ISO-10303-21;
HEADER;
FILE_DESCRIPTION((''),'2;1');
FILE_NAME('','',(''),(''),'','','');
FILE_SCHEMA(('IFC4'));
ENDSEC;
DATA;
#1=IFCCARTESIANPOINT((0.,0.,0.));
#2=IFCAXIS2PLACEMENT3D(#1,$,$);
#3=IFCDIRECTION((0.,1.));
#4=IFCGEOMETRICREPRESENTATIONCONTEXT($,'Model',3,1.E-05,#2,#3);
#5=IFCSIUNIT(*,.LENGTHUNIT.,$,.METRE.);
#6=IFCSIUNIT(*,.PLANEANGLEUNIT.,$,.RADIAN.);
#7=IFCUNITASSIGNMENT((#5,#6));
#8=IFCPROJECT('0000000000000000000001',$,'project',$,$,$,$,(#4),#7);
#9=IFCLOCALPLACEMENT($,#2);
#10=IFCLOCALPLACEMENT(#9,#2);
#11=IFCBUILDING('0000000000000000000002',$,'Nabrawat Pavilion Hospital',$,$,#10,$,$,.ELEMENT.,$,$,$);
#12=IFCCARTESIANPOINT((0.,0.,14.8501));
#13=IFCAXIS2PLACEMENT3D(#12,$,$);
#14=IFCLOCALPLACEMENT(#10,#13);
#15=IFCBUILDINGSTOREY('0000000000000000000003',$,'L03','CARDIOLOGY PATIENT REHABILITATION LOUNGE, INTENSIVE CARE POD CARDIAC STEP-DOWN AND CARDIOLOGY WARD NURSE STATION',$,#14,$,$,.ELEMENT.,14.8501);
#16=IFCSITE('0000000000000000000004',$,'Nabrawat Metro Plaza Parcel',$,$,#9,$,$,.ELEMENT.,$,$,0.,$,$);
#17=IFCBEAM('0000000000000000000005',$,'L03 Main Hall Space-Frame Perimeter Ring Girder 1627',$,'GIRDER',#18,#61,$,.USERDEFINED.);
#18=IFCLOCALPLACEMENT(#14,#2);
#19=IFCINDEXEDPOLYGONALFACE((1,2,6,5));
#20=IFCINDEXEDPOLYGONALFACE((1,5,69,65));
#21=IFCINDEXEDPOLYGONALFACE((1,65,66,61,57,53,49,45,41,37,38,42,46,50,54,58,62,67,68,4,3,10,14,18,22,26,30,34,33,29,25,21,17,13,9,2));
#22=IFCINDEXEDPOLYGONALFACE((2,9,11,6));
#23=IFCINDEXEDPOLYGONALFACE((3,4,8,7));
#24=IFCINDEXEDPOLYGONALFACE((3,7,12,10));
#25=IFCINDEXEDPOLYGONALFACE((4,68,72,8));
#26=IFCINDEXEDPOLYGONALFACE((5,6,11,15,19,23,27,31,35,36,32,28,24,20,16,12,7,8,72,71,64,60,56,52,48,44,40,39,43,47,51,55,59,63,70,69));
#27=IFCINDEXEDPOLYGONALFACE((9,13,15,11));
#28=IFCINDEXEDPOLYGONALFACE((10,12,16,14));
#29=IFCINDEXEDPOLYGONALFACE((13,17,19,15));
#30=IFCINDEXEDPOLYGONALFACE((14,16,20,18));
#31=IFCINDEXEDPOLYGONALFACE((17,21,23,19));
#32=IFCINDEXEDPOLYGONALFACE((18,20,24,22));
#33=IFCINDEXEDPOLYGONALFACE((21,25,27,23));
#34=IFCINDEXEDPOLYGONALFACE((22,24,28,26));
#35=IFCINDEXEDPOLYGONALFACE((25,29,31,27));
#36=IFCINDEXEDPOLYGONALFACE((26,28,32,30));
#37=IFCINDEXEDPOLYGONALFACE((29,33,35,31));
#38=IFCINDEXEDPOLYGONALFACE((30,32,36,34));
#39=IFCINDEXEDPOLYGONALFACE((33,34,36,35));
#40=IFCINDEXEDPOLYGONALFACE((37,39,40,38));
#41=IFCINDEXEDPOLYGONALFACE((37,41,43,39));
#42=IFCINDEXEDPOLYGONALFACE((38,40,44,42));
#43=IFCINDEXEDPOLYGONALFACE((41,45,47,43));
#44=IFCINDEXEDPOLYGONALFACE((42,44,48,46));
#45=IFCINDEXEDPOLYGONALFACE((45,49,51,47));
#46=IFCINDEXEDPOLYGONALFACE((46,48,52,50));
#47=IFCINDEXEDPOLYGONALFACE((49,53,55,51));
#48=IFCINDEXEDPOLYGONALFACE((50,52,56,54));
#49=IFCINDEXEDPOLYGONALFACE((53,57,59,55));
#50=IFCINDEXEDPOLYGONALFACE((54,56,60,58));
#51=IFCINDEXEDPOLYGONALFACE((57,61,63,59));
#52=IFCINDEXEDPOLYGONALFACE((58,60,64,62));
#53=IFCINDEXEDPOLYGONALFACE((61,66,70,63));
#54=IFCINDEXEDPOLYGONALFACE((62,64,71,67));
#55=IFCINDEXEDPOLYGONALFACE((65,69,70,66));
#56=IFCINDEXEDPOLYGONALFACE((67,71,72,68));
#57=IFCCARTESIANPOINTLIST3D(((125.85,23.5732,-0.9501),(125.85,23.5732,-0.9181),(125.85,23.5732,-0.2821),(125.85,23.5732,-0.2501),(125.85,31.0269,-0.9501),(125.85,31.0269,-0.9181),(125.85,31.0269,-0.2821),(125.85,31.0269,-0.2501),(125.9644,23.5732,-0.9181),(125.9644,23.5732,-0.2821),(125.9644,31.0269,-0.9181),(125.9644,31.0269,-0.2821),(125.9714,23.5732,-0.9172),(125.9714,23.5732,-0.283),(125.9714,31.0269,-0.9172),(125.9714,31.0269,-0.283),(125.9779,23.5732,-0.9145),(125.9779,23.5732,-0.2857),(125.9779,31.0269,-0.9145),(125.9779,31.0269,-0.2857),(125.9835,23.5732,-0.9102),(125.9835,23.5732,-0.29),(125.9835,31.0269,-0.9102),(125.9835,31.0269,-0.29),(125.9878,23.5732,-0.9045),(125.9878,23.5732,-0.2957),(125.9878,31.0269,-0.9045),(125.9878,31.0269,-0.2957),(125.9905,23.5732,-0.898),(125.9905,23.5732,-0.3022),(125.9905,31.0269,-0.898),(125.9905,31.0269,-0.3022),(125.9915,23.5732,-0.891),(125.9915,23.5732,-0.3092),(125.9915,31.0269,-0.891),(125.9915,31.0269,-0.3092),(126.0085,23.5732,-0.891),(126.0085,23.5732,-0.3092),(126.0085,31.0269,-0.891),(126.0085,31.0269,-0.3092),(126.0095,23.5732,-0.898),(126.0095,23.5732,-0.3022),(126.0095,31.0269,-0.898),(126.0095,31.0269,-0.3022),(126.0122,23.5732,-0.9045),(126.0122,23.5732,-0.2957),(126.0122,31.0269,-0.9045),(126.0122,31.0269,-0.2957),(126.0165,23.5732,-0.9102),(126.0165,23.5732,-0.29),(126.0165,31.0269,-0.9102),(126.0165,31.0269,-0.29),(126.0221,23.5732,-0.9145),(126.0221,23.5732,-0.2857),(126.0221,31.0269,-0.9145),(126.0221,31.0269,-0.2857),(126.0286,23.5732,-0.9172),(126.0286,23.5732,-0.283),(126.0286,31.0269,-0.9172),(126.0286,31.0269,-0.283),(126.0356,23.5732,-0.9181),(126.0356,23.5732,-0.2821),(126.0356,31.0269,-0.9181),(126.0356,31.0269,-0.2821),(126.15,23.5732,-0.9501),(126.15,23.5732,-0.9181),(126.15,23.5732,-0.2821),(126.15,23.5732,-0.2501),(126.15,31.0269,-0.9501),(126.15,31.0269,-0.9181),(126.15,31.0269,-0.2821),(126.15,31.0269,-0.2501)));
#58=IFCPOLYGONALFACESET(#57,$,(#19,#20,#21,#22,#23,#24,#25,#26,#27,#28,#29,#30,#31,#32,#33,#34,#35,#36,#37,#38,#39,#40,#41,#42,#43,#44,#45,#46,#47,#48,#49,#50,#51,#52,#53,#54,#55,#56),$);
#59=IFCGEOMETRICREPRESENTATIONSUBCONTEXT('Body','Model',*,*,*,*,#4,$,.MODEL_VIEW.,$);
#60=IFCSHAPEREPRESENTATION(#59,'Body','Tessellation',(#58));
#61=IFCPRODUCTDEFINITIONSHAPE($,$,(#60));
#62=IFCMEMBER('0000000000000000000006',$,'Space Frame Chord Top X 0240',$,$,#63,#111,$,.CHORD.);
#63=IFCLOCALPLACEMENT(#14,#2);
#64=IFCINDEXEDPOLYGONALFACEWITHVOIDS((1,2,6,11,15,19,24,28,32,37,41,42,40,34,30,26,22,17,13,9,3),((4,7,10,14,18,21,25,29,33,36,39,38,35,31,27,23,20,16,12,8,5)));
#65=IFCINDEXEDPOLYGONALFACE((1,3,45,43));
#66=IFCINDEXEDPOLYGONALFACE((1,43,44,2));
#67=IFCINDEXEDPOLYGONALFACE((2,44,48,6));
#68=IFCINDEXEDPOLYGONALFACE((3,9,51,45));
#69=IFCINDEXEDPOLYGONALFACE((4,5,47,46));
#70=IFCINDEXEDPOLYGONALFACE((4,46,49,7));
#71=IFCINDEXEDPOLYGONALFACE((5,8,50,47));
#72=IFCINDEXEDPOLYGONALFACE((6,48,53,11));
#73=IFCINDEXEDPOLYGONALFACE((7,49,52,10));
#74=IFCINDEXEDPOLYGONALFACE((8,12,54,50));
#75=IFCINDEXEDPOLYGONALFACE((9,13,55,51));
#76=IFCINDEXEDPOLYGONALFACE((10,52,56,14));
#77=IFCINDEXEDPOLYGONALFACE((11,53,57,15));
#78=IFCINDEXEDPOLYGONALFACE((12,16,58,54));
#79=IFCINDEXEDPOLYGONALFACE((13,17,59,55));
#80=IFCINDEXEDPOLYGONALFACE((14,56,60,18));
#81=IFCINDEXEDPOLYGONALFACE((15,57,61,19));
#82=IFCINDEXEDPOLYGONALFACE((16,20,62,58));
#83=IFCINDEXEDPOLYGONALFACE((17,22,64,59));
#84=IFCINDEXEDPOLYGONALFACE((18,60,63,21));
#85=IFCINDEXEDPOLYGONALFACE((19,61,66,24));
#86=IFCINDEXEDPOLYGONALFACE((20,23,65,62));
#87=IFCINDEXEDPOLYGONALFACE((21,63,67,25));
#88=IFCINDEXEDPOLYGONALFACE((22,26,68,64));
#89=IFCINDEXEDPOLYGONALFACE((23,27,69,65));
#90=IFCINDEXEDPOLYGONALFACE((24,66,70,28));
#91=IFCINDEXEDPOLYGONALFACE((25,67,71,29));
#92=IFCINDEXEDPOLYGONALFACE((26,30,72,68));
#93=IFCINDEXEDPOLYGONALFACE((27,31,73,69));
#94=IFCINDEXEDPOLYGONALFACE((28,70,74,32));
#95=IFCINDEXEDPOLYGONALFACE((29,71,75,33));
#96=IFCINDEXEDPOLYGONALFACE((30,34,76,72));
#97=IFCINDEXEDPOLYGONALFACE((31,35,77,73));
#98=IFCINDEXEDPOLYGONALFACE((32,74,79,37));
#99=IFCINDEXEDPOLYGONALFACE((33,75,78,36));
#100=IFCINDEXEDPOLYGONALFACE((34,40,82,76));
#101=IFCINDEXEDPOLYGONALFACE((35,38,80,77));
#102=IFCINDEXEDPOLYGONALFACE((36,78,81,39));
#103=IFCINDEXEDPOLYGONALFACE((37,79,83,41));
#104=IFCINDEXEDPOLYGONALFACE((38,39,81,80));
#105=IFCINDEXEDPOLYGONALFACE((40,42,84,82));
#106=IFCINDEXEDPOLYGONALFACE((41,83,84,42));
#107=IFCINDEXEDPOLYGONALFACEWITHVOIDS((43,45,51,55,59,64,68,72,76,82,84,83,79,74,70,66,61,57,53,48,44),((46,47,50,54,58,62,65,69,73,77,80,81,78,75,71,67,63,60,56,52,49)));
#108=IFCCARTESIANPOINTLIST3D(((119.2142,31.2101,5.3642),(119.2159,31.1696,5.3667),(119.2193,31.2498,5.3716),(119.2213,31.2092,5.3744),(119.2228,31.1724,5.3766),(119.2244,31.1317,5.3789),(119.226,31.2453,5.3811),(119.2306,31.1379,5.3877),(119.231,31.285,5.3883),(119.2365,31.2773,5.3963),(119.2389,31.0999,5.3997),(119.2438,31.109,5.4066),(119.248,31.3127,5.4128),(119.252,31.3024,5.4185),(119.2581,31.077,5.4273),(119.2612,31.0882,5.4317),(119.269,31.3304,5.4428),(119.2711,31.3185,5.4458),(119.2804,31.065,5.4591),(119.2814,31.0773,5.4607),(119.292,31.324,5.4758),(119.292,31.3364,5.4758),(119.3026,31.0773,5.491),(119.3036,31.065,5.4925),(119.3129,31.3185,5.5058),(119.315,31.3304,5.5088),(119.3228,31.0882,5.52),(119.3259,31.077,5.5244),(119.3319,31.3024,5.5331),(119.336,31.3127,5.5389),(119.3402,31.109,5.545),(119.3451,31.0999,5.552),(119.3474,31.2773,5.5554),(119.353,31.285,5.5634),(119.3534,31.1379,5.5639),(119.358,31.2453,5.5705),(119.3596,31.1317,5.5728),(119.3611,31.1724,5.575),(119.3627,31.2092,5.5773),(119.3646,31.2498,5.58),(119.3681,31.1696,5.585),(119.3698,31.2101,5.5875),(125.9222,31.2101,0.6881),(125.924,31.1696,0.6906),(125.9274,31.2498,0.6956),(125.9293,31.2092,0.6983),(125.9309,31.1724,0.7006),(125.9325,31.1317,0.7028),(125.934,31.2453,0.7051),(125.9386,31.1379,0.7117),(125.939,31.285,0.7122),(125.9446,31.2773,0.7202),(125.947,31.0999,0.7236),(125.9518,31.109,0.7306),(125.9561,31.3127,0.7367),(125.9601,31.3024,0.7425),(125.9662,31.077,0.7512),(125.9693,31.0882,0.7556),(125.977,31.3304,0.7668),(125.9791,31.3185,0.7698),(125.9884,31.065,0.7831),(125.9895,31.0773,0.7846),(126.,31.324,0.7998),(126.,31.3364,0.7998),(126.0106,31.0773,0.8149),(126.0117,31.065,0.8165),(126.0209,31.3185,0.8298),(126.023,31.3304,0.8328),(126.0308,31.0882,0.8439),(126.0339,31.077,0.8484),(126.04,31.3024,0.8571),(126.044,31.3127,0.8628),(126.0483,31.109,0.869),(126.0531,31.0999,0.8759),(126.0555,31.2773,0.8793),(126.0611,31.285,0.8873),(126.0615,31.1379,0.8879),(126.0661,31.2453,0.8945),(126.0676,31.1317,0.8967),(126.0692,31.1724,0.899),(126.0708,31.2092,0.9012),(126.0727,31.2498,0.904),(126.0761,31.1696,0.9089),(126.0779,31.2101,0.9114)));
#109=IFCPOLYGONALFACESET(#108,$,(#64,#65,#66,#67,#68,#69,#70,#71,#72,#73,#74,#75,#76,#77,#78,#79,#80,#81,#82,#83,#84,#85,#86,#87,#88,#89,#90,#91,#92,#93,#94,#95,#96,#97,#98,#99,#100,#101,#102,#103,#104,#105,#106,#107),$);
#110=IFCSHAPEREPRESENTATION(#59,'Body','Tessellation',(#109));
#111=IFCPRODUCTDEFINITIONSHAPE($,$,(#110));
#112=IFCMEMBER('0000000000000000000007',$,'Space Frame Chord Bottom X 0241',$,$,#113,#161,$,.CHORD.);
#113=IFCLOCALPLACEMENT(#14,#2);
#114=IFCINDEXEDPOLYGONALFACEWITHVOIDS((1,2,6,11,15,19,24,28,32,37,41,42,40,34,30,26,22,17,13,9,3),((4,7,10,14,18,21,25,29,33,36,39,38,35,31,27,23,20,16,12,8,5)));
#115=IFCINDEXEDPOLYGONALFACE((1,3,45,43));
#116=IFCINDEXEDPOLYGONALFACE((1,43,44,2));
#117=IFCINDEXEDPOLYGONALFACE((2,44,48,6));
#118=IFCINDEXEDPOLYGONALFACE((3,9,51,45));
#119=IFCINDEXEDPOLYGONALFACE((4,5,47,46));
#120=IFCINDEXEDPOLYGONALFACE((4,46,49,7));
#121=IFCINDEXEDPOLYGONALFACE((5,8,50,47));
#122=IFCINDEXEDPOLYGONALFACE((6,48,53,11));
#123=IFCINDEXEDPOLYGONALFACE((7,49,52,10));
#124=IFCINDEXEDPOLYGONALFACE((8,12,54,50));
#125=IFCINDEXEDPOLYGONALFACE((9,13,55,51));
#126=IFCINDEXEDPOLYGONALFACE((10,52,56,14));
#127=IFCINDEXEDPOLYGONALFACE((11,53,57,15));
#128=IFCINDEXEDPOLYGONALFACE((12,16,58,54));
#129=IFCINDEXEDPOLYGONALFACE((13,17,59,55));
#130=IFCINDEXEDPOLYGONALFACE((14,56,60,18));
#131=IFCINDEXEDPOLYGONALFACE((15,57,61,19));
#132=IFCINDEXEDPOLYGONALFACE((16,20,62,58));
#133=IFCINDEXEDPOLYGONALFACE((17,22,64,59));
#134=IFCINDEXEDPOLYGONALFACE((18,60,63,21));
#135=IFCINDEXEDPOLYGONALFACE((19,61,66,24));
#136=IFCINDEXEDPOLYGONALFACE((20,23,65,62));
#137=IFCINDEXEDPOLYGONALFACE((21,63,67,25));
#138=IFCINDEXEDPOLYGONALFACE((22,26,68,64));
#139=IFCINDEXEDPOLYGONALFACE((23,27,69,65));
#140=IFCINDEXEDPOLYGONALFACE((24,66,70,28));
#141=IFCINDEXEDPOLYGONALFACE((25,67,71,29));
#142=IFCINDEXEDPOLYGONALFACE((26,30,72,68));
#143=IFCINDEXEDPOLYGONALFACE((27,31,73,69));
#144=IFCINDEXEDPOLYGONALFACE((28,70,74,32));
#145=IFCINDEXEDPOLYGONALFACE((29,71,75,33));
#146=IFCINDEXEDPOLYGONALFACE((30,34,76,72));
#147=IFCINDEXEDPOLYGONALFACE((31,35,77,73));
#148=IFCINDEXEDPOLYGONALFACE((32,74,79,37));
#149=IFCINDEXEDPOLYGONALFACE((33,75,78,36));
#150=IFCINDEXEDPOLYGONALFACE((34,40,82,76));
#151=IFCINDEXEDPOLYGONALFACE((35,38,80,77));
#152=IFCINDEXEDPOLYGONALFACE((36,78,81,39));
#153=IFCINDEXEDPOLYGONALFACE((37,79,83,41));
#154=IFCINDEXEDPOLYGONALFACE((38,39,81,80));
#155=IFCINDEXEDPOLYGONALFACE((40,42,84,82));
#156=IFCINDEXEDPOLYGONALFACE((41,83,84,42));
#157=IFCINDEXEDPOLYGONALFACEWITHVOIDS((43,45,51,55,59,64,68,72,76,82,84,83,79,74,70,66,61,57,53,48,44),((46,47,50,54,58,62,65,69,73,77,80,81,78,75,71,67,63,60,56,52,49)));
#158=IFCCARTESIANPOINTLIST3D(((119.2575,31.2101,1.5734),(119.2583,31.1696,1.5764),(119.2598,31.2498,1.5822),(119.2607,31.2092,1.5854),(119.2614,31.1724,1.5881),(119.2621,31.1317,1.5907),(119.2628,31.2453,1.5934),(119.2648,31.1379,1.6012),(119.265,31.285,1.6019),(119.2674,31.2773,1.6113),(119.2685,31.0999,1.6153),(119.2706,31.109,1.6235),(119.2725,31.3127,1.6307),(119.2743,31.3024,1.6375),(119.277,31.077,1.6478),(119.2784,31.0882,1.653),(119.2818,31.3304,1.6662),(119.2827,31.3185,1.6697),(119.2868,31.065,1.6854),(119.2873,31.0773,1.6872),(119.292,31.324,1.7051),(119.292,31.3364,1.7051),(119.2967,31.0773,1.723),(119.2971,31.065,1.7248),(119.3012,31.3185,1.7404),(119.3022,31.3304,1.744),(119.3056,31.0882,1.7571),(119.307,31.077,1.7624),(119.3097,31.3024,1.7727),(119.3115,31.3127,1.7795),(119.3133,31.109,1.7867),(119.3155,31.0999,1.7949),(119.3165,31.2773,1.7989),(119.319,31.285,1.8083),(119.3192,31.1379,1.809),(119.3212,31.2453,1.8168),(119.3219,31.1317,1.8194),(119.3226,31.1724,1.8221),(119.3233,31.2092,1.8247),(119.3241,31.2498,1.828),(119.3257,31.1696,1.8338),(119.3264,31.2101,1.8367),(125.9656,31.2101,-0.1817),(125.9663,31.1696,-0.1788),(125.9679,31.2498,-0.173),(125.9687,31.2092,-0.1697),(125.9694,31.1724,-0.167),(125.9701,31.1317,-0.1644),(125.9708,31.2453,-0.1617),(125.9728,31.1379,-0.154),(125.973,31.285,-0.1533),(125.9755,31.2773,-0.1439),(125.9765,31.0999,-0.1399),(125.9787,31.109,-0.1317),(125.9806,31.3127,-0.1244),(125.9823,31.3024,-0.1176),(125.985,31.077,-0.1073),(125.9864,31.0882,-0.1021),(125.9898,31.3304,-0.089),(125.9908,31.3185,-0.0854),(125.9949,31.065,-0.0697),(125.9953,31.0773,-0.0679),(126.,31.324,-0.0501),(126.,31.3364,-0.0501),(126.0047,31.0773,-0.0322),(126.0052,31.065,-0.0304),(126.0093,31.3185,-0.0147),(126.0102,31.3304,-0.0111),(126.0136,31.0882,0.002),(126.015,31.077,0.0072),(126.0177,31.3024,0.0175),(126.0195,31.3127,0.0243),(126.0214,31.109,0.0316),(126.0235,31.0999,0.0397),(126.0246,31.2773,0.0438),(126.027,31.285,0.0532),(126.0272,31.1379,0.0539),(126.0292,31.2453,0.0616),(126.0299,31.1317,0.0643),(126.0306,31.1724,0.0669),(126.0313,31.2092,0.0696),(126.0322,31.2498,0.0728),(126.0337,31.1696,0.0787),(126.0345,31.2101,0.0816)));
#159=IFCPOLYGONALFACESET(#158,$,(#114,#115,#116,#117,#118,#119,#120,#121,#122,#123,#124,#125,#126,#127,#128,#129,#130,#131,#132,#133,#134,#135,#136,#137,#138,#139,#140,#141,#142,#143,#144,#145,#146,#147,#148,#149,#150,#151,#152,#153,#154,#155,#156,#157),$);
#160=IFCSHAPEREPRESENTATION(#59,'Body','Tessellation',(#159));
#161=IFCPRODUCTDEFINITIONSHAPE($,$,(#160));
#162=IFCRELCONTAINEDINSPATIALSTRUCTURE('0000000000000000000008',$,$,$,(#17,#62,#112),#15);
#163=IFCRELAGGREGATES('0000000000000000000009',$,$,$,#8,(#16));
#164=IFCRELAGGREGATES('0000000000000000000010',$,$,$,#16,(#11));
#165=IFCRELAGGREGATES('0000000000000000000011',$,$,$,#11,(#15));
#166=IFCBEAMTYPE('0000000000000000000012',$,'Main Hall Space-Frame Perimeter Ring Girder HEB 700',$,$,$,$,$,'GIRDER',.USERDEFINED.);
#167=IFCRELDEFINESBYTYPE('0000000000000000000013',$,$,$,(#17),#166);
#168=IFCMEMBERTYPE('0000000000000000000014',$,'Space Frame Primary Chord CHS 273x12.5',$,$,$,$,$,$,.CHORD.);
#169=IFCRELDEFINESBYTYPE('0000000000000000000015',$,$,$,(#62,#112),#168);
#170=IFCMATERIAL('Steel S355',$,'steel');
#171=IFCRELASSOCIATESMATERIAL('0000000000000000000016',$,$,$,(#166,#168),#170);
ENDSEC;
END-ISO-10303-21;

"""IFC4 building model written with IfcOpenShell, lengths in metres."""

from ifc_helpers import new_model, si_unit, direction, frame, origin, origin_2d, place, context, subcontext, project, spatial, hollow_circle, i_section, extrude, material, material_profile, profile_set, type_object, element, save


model = new_model("IFC4")

# Units and contexts
model_context = context("Model", 3, precision=1e-05, world=origin(), true_north=direction((0.0, 1.0)))
body_context = subcontext(model_context, "Body", "Model", "MODEL_VIEW")
ifc_project = project(units=[si_unit("LENGTHUNIT", "METRE"), si_unit("PLANEANGLEUNIT", "RADIAN")], contexts=[model_context])

# Site, building, storey
site_placement = place(None, origin())
site = spatial("IfcSite", under=ifc_project, at=site_placement, Name="Nabrawat Metro Plaza Parcel", CompositionType="ELEMENT", RefElevation=0.0)
building_placement = place(site_placement, origin())
building = spatial("IfcBuilding", under=site, at=building_placement, Name="Nabrawat Pavilion Hospital", CompositionType="ELEMENT")
storey_placement = place(building_placement, frame((0.0, 0.0, 14.8501)))
storey = spatial("IfcBuildingStorey", under=building, at=storey_placement, Name="L03", Description="CARDIOLOGY PATIENT REHABILITATION LOUNGE, INTENSIVE CARE POD CARDIAC STEP-DOWN AND CARDIOLOGY WARD NURSE STATION", CompositionType="ELEMENT", Elevation=14.8501)

# Beam
ifc_material = material(Name="Steel S355", Category="steel")
ifc_material_profile_1 = material_profile(ifc_material, i_section(OverallWidth=0.3, OverallDepth=0.7, WebThickness=0.0171, FlangeThickness=0.032, FilletRadius=0.0271, at=origin_2d()), Name="HEB 700")
ifc_profile_set_1 = profile_set([ifc_material_profile_1], Name="Steel S355")
beam_type_1 = type_object("IfcBeamType", Name="Main Hall Space-Frame Perimeter Ring Girder HEB 700", ElementType="GIRDER", PredefinedType="USERDEFINED", material=ifc_profile_set_1)
beam_1_placement = place(storey_placement, frame((126.0, 23.5732, -0.6001), z_axis=(0.0, 1.0, 0.0), x_axis=(-1.0, 0.0, 0.0)))
element("IfcBeam", 1, at=beam_1_placement, inside=storey, type_object=beam_type_1, Name="L03 Main Hall Space-Frame Perimeter Ring Girder 1627", ObjectType="GIRDER", PredefinedType="USERDEFINED", context=body_context, shape_type="SweptSolid", body=[
    extrude(i_section(OverallWidth=0.3, OverallDepth=0.7, WebThickness=0.0171, FlangeThickness=0.032, FilletRadius=0.0271, at=origin_2d()), origin(), (0.0, 0.0, 1.0), 7.4536),
])

# Members
ifc_material_profile_2 = material_profile(ifc_material, hollow_circle(Radius=0.1365, WallThickness=0.0125, at=origin_2d()), Name="CHS 273x12.5")
ifc_profile_set_2 = profile_set([ifc_material_profile_2], Name="Steel S355")
member_type_1 = type_object("IfcMemberType", Name="Space Frame Primary Chord CHS 273x12.5", PredefinedType="CHORD", material=ifc_profile_set_2)
member_1_placement = place(storey_placement, frame((119.292, 31.2, 5.4758), z_axis=(0.820355, 0.0, -0.571854), x_axis=(0.0, 1.0, 0.0)))
element("IfcMember", 2, at=member_1_placement, inside=storey, type_object=member_type_1, Name="Space Frame Chord Top X 0240", PredefinedType="CHORD", context=body_context, shape_type="SweptSolid", body=[
    extrude(hollow_circle(Radius=0.1365, WallThickness=0.0125, at=origin_2d()), origin(), (0.0, 0.0, 1.0), 8.177),
])
member_2_placement = place(storey_placement, frame((119.292, 31.2, 1.7051), z_axis=(0.967433, 0.0, -0.253126), x_axis=(0.0, 1.0, 0.0)))
element("IfcMember", 3, at=member_2_placement, inside=storey, type_object=member_type_1, Name="Space Frame Chord Bottom X 0241", PredefinedType="CHORD", context=body_context, shape_type="SweptSolid", body=[
    extrude(hollow_circle(Radius=0.1365, WallThickness=0.0125, at=origin_2d()), origin(), (0.0, 0.0, 1.0), 6.9338),
])

save(model, "model.ifc")
